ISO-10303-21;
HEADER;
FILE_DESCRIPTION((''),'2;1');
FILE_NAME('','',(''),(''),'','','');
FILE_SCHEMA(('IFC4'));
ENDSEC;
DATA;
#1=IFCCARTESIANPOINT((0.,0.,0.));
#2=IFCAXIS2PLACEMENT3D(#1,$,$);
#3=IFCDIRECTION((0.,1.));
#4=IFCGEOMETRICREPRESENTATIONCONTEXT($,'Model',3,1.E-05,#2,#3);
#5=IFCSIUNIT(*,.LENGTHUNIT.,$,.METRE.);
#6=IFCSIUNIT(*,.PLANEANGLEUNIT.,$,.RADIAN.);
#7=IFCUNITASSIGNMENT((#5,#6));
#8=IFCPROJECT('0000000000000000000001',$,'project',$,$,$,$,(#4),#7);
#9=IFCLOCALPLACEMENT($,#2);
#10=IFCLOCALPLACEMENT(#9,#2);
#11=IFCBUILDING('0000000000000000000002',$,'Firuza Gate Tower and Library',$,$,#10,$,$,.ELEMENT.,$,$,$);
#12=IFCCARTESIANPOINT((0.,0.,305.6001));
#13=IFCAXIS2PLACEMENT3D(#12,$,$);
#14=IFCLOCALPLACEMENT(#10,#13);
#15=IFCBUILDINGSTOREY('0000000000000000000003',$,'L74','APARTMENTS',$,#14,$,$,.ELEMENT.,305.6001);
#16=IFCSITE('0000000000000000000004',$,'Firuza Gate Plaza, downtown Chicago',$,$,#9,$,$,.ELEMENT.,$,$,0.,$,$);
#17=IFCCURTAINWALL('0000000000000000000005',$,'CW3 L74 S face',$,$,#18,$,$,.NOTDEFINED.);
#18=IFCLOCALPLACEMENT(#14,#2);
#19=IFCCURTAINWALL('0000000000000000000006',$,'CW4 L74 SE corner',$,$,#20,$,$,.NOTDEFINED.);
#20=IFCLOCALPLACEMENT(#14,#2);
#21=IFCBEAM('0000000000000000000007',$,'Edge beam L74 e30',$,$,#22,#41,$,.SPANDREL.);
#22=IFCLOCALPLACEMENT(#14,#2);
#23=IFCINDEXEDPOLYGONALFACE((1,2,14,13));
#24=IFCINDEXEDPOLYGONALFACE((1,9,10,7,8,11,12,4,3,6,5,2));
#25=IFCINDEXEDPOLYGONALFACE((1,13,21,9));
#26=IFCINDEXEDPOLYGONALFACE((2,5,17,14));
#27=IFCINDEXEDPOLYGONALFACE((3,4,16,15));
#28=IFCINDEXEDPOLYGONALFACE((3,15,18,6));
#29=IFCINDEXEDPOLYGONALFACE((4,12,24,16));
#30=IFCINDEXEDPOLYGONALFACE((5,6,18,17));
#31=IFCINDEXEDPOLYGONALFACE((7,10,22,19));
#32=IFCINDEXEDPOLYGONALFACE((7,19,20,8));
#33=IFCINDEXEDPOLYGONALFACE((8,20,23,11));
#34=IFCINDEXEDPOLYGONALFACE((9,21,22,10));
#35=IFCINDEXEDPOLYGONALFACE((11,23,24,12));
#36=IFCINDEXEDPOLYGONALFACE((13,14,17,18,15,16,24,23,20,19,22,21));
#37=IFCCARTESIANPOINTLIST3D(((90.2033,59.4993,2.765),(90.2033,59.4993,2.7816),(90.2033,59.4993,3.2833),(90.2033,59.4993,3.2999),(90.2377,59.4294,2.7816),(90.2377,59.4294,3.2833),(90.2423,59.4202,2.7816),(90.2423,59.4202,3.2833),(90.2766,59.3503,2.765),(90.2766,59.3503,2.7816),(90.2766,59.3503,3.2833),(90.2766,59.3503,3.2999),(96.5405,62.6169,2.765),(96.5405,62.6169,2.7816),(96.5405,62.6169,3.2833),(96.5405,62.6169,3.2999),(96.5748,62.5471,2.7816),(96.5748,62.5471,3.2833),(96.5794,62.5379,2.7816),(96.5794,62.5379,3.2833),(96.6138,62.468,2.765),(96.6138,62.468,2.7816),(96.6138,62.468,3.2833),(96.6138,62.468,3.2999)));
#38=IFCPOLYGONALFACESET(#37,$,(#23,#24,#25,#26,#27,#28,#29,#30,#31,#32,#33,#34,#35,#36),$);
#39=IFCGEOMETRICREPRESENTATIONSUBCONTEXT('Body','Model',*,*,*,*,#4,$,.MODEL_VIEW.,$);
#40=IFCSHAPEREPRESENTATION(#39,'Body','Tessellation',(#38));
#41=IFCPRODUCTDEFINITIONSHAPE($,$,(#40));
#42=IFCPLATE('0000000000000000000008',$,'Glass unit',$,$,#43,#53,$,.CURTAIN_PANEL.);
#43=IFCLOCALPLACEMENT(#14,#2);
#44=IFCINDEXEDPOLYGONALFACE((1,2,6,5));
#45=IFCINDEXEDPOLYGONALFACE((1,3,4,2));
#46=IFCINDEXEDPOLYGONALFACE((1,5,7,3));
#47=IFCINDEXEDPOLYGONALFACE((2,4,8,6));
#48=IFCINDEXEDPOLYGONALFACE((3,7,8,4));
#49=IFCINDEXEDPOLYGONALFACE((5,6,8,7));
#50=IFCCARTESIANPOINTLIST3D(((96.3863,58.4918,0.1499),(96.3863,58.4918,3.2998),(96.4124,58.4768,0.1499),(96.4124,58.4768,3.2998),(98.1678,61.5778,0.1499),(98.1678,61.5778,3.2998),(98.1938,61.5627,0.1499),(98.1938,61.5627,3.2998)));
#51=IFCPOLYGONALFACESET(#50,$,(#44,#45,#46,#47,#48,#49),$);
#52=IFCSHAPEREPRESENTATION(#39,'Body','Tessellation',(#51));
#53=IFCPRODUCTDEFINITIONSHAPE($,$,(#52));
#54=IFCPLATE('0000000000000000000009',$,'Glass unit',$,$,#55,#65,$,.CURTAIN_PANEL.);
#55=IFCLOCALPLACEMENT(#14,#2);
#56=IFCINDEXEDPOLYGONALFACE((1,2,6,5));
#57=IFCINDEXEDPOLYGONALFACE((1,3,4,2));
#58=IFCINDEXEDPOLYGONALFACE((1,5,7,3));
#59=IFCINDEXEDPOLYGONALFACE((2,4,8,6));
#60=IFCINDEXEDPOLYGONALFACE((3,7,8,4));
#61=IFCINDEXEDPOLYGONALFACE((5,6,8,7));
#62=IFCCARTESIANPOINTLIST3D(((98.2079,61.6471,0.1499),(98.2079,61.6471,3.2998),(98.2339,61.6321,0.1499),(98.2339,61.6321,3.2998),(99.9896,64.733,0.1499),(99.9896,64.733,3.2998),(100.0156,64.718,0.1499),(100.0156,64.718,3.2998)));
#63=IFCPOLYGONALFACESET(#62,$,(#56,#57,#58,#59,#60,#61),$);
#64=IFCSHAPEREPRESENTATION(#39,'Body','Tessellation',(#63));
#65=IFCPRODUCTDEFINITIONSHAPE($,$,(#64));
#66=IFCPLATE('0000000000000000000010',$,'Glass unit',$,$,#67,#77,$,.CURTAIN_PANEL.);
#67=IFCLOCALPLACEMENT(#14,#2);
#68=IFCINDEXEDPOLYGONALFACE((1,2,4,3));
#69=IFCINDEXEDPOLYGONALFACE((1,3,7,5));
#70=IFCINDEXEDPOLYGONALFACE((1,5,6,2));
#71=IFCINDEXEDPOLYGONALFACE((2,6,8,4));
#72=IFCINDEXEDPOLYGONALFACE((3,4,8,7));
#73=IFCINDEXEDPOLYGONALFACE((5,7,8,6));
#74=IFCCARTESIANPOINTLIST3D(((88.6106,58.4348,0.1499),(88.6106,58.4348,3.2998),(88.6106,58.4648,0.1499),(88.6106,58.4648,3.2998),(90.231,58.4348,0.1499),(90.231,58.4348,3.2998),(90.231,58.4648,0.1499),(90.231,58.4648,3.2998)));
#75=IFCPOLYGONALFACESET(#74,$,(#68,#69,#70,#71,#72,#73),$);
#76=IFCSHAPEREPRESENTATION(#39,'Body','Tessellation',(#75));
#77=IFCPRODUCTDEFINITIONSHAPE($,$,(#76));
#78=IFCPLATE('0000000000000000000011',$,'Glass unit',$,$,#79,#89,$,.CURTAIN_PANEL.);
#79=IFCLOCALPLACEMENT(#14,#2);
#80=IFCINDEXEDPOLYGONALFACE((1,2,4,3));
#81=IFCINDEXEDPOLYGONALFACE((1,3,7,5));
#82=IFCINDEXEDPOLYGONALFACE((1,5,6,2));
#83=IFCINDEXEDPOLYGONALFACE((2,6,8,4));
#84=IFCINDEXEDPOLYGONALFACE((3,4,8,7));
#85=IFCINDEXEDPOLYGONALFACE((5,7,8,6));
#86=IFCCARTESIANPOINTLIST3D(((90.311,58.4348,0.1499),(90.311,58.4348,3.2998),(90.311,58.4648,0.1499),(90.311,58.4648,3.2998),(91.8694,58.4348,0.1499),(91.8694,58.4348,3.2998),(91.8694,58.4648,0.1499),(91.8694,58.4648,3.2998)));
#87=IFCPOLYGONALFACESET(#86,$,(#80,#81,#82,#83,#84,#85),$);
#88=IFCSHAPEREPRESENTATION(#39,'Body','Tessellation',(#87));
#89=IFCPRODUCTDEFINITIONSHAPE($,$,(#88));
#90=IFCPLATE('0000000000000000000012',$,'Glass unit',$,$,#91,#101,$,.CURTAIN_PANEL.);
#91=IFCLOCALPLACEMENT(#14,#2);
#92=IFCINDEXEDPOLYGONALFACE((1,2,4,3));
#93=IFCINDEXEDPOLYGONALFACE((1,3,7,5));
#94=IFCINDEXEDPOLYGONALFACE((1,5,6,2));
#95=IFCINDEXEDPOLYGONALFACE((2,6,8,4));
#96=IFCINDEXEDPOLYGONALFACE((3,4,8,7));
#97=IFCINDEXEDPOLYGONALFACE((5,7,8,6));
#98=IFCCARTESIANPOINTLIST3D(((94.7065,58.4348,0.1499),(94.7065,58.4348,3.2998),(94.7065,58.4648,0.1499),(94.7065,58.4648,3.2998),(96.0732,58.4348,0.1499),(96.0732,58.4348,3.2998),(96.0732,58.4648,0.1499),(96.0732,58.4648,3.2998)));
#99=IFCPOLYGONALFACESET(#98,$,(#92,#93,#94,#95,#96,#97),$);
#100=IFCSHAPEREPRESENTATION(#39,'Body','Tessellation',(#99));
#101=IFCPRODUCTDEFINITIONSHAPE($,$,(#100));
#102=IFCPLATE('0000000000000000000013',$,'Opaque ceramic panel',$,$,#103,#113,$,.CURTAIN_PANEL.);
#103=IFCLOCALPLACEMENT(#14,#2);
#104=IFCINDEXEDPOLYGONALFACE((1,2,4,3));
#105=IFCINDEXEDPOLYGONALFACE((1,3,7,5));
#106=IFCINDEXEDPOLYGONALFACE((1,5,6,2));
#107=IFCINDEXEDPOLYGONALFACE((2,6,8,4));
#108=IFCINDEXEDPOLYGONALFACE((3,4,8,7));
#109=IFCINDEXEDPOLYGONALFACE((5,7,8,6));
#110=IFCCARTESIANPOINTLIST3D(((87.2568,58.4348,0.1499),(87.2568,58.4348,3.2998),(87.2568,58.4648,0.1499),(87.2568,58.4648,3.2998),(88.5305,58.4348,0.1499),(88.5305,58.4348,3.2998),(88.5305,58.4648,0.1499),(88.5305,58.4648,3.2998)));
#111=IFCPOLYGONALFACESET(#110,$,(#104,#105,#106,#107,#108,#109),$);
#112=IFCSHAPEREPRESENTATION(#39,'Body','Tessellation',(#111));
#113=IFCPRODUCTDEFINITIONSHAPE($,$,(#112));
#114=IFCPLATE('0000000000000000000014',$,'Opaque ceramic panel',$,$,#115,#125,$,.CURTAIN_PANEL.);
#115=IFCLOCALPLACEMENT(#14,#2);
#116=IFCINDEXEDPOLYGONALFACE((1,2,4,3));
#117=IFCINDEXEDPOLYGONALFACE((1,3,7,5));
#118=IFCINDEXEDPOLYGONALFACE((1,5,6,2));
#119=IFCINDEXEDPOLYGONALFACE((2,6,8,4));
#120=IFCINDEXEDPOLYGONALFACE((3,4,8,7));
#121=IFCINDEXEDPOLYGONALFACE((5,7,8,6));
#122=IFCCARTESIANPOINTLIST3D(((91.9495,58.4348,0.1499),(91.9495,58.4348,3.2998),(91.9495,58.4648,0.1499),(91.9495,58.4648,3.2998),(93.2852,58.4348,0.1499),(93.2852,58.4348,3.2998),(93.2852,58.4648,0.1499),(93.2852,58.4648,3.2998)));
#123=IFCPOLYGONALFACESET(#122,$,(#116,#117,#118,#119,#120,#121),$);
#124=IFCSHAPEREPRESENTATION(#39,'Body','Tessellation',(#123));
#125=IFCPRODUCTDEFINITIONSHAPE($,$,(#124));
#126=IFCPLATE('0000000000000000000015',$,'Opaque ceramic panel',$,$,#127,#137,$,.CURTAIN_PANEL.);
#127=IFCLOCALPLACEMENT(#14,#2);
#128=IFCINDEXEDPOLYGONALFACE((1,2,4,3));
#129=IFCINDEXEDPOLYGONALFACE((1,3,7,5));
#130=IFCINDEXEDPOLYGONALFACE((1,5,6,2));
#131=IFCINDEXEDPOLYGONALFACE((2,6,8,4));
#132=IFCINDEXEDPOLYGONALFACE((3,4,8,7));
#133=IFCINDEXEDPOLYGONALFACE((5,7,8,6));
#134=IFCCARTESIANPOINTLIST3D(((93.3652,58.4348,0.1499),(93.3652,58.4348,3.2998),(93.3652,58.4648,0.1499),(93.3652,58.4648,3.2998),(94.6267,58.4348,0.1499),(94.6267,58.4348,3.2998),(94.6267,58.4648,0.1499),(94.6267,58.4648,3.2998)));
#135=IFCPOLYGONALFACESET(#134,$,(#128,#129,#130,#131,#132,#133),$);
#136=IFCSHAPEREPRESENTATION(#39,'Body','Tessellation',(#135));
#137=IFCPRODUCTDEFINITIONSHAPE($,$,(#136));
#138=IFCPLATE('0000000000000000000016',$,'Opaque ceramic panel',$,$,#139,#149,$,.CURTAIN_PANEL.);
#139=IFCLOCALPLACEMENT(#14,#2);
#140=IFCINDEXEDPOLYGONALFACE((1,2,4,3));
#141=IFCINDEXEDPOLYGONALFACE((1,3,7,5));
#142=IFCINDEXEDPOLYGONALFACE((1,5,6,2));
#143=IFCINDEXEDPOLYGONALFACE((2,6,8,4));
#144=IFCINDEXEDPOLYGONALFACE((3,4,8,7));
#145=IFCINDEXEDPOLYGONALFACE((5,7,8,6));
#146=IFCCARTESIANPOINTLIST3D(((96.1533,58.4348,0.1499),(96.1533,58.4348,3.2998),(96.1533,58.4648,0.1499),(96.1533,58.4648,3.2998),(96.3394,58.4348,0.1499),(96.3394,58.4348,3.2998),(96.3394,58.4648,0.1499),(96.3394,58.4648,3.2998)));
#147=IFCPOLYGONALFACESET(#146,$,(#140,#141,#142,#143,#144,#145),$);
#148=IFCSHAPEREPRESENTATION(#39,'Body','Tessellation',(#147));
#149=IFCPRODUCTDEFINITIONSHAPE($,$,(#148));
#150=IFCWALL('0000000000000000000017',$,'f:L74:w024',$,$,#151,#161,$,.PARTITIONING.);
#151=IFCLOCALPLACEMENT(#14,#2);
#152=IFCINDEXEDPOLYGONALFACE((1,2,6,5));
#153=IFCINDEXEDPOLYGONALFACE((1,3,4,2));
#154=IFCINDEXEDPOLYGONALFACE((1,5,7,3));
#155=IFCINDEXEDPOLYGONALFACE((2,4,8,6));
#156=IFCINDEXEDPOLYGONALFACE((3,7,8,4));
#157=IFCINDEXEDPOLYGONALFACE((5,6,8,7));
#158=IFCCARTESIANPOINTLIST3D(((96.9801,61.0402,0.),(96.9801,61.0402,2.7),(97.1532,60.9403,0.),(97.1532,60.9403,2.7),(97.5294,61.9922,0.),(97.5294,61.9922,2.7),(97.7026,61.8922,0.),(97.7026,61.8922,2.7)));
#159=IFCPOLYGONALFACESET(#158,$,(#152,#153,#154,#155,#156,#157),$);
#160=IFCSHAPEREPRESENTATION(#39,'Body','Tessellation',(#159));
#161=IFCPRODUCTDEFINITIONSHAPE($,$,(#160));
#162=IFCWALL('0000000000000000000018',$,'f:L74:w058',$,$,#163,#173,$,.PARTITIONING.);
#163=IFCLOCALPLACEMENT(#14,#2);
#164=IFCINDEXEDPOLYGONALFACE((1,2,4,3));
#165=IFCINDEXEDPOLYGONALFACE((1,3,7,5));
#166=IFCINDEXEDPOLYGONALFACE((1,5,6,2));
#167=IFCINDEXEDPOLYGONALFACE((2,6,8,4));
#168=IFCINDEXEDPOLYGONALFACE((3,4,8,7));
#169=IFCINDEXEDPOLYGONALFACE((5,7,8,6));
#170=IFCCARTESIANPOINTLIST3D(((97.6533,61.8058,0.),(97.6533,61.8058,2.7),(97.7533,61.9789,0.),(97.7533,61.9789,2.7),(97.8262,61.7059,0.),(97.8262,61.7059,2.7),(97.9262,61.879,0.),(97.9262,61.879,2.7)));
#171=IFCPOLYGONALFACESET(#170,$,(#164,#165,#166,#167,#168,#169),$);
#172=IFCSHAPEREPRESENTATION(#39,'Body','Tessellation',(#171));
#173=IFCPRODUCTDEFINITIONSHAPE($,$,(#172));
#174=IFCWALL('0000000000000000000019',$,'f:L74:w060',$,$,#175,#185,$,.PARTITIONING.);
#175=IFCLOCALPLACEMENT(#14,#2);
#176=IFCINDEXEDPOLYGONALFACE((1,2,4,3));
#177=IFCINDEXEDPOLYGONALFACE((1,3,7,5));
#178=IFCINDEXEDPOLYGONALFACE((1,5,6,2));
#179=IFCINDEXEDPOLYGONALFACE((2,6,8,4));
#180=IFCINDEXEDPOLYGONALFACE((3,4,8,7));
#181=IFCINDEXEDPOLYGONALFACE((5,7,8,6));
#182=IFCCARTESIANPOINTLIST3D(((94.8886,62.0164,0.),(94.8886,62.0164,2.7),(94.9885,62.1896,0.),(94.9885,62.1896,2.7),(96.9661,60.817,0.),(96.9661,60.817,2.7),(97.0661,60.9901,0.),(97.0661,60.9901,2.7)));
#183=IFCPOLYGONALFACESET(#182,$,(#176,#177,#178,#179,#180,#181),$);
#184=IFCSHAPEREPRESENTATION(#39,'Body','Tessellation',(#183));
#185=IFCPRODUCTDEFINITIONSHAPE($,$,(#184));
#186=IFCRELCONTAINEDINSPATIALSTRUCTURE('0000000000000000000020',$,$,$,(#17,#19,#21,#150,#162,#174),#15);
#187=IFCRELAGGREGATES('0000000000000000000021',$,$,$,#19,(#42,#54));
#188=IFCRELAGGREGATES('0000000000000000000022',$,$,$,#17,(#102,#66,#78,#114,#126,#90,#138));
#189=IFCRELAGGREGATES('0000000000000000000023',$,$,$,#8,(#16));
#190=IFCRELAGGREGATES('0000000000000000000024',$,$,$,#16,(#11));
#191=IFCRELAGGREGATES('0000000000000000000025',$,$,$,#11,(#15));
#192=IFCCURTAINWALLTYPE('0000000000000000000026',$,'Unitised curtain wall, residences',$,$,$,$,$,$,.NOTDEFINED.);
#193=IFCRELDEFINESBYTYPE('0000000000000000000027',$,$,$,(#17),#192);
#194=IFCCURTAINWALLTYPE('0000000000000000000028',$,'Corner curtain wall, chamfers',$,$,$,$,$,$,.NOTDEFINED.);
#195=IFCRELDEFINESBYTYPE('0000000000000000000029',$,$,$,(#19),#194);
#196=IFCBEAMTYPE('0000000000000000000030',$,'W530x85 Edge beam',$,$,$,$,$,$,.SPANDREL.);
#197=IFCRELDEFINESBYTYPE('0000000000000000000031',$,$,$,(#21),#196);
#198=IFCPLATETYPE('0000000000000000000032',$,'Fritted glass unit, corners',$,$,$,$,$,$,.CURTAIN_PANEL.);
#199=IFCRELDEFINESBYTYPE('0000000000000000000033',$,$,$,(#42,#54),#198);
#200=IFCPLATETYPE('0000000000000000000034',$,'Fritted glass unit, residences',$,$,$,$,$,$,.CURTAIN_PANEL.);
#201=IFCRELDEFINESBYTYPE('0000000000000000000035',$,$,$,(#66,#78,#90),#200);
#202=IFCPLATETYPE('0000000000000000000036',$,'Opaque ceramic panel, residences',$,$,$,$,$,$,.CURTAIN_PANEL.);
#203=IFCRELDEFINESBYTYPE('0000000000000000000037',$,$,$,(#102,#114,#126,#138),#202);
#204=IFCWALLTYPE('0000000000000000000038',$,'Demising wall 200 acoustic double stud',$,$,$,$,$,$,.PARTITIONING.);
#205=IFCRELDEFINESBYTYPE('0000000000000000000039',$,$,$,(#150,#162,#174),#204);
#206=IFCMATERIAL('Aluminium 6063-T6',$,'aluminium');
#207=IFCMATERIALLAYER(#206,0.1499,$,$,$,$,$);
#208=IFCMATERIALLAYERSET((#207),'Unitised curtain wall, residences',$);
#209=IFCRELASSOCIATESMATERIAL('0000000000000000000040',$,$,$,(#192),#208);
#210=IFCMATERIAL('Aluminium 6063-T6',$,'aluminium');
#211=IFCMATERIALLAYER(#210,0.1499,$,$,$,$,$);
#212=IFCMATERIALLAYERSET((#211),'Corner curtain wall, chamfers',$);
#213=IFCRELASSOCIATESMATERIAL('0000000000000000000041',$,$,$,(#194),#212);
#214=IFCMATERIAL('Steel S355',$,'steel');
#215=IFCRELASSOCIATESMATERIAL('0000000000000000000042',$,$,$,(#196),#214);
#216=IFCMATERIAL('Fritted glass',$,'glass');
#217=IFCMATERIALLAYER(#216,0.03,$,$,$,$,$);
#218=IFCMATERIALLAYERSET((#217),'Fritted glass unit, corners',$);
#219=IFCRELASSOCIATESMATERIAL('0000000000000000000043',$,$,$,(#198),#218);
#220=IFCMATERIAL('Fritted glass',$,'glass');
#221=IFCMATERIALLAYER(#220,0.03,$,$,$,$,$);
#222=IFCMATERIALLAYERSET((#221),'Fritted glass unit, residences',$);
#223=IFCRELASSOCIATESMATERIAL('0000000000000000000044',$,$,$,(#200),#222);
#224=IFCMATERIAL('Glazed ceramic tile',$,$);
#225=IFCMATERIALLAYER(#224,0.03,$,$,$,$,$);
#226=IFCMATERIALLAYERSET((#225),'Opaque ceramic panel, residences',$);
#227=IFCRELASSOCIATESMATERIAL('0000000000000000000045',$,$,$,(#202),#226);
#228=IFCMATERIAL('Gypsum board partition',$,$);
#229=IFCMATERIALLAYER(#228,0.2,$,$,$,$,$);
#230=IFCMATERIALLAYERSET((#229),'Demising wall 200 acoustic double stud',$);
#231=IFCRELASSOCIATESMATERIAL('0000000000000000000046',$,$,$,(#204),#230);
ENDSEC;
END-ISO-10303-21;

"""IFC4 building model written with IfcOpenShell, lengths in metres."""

from ifc_helpers import new_model, si_unit, direction, frame, frame_2d, origin, origin_2d, place, context, subcontext, project, spatial, polyline, rectangle, i_section, outline, extrude, material, layer, layer_set, material_profile, profile_set, type_object, element, aggregate, save


model = new_model("IFC4")

# Units and contexts
model_context = context("Model", 3, precision=1e-05, world=origin(), true_north=direction((0.0, 1.0)))
body_context = subcontext(model_context, "Body", "Model", "MODEL_VIEW")
ifc_project = project(units=[si_unit("LENGTHUNIT", "METRE"), si_unit("PLANEANGLEUNIT", "RADIAN")], contexts=[model_context])

# Site, building, storey
site_placement = place(None, origin())
site = spatial("IfcSite", under=ifc_project, at=site_placement, Name="Firuza Gate Plaza, downtown Chicago", CompositionType="ELEMENT", RefElevation=0.0)
building_placement = place(site_placement, origin())
building = spatial("IfcBuilding", under=site, at=building_placement, Name="Firuza Gate Tower and Library", CompositionType="ELEMENT")
storey_placement = place(building_placement, frame((0.0, 0.0, 305.6001)))
storey = spatial("IfcBuildingStorey", under=building, at=storey_placement, Name="L74", Description="APARTMENTS", CompositionType="ELEMENT", Elevation=305.6001)

# Curtain walls
ifc_material_1 = material(Name="Aluminium 6063-T6", Category="aluminium")
ifc_layer_1 = layer(ifc_material_1, 0.1499)
ifc_layer_set_1 = layer_set([ifc_layer_1], Name="Unitised curtain wall, residences")
curtain_wall_type_1 = type_object("IfcCurtainWallType", Name="Unitised curtain wall, residences", PredefinedType="NOTDEFINED", material=ifc_layer_set_1)
placement = place(storey_placement, origin())
curtain_wall_1 = element("IfcCurtainWall", 1, at=placement, inside=storey, type_object=curtain_wall_type_1, Name="CW3 L74 S face", PredefinedType="NOTDEFINED")
ifc_material_2 = material(Name="Aluminium 6063-T6", Category="aluminium")
ifc_layer_2 = layer(ifc_material_2, 0.1499)
ifc_layer_set_2 = layer_set([ifc_layer_2], Name="Corner curtain wall, chamfers")
curtain_wall_type_2 = type_object("IfcCurtainWallType", Name="Corner curtain wall, chamfers", PredefinedType="NOTDEFINED", material=ifc_layer_set_2)
curtain_wall_2 = element("IfcCurtainWall", 2, at=placement, inside=storey, type_object=curtain_wall_type_2, Name="CW4 L74 SE corner", PredefinedType="NOTDEFINED")

# Beam
ifc_material_3 = material(Name="Steel S355", Category="steel")
ifc_material_profile_1 = material_profile(ifc_material_3, i_section(OverallWidth=0.166, OverallDepth=0.5349, WebThickness=0.0103, FlangeThickness=0.0166, at=origin_2d()))
ifc_profile_set_1 = profile_set([ifc_material_profile_1], Name="Steel S355")
beam_type_1 = type_object("IfcBeamType", Name="W530x85 Edge beam", PredefinedType="SPANDREL", material=ifc_profile_set_1)
beam_1_placement = place(storey_placement, frame((90.24, 59.4248, 3.0325), z_axis=(0.897292, 0.441438, 0.0), x_axis=(-0.441438, 0.897292, 0.0)))
element("IfcBeam", 3, at=beam_1_placement, inside=storey, type_object=beam_type_1, Name="Edge beam L74 e30", PredefinedType="SPANDREL", context=body_context, shape_type="SweptSolid", body=[
    extrude(i_section(OverallWidth=0.166, OverallDepth=0.5349, WebThickness=0.0103, FlangeThickness=0.0166, at=origin_2d()), origin(), (0.0, 0.0, 1.0), 7.0625),
])

# Plates
ifc_material_4 = material(Name="Fritted glass", Category="glass")
ifc_layer_3 = layer(ifc_material_4, 0.03)
ifc_layer_set_3 = layer_set([ifc_layer_3], Name="Fritted glass unit, corners")
plate_type_1 = type_object("IfcPlateType", Name="Fritted glass unit, corners", PredefinedType="CURTAIN_PANEL", material=ifc_layer_set_3)
plate_1_placement = place(storey_placement, frame((96.4124, 58.4768, 0.1499), z_axis=(0.866046, -0.499964, 0.0), x_axis=(0.499964, 0.866046, 0.0)))
plate_1 = element("IfcPlate", 4, at=plate_1_placement, type_object=plate_type_1, Name="Glass unit", PredefinedType="CURTAIN_PANEL", context=body_context, shape_type="SweptSolid", body=[
    extrude(outline(polyline([(0.0, 0.0), (3.5632, 0.0), (3.5632, 3.1499), (0.0, 3.1499), (0.0, 0.0)])), origin(), (0.0, 0.0, -1.0), 0.03),
])
plate_2_placement = place(storey_placement, frame((98.2339, 61.6321, 0.1499), z_axis=(0.866017, -0.500015, 0.0), x_axis=(0.500015, 0.866017, 0.0)))
plate_2 = element("IfcPlate", 5, at=plate_2_placement, type_object=plate_type_1, Name="Glass unit", PredefinedType="CURTAIN_PANEL", context=body_context, shape_type="SweptSolid", body=[
    extrude(outline(polyline([(0.0, 0.0), (3.5634, 0.0), (3.5634, 3.1499), (0.0, 3.1499), (0.0, 0.0)])), origin(), (0.0, 0.0, -1.0), 0.03),
])
aggregate(curtain_wall_2, [plate_1, plate_2])
ifc_material_5 = material(Name="Fritted glass", Category="glass")
ifc_layer_4 = layer(ifc_material_5, 0.03)
ifc_layer_set_4 = layer_set([ifc_layer_4], Name="Fritted glass unit, residences")
plate_type_2 = type_object("IfcPlateType", Name="Fritted glass unit, residences", PredefinedType="CURTAIN_PANEL", material=ifc_layer_set_4)
plate_3_placement = place(storey_placement, frame((88.6106, 58.4348, 0.1499), z_axis=(0.0, -1.0, 0.0), x_axis=(1.0, 0.0, 0.0)))
plate_3 = element("IfcPlate", 6, at=plate_3_placement, type_object=plate_type_2, Name="Glass unit", PredefinedType="CURTAIN_PANEL", context=body_context, shape_type="SweptSolid", body=[
    extrude(outline(polyline([(0.0, 0.0), (1.6204, 0.0), (1.6204, 3.1499), (0.0, 3.1499), (0.0, 0.0)])), origin(), (0.0, 0.0, -1.0), 0.03),
])
plate_4_placement = place(storey_placement, frame((90.311, 58.4348, 0.1499), z_axis=(0.0, -1.0, 0.0), x_axis=(1.0, 0.0, 0.0)))
plate_4 = element("IfcPlate", 7, at=plate_4_placement, type_object=plate_type_2, Name="Glass unit", PredefinedType="CURTAIN_PANEL", context=body_context, shape_type="SweptSolid", body=[
    extrude(outline(polyline([(0.0, 0.0), (1.5583, 0.0), (1.5583, 3.1499), (0.0, 3.1499), (0.0, 0.0)])), origin(), (0.0, 0.0, -1.0), 0.03),
])
plate_5_placement = place(storey_placement, frame((94.7065, 58.4348, 0.1499), z_axis=(0.0, -1.0, 0.0), x_axis=(1.0, 0.0, 0.0)))
plate_5 = element("IfcPlate", 8, at=plate_5_placement, type_object=plate_type_2, Name="Glass unit", PredefinedType="CURTAIN_PANEL", context=body_context, shape_type="SweptSolid", body=[
    extrude(outline(polyline([(0.0, 0.0), (1.3667, 0.0), (1.3667, 3.1499), (0.0, 3.1499), (0.0, 0.0)])), origin(), (0.0, 0.0, -1.0), 0.03),
])
ifc_material_6 = material(Name="Glazed ceramic tile")
ifc_layer_5 = layer(ifc_material_6, 0.03)
ifc_layer_set_5 = layer_set([ifc_layer_5], Name="Opaque ceramic panel, residences")
plate_type_3 = type_object("IfcPlateType", Name="Opaque ceramic panel, residences", PredefinedType="CURTAIN_PANEL", material=ifc_layer_set_5)
plate_6_placement = place(storey_placement, frame((87.2568, 58.4348, 0.1499), z_axis=(0.0, -1.0, 0.0), x_axis=(1.0, 0.0, 0.0)))
plate_6 = element("IfcPlate", 9, at=plate_6_placement, type_object=plate_type_3, Name="Opaque ceramic panel", PredefinedType="CURTAIN_PANEL", context=body_context, shape_type="SweptSolid", body=[
    extrude(outline(polyline([(0.0, 0.0), (1.2737, 0.0), (1.2737, 3.1499), (0.0, 3.1499), (0.0, 0.0)])), origin(), (0.0, 0.0, -1.0), 0.03),
])
plate_7_placement = place(storey_placement, frame((91.9495, 58.4348, 0.1499), z_axis=(0.0, -1.0, 0.0), x_axis=(1.0, 0.0, 0.0)))
plate_7 = element("IfcPlate", 10, at=plate_7_placement, type_object=plate_type_3, Name="Opaque ceramic panel", PredefinedType="CURTAIN_PANEL", context=body_context, shape_type="SweptSolid", body=[
    extrude(outline(polyline([(0.0, 0.0), (1.3357, 0.0), (1.3357, 3.1499), (0.0, 3.1499), (0.0, 0.0)])), origin(), (0.0, 0.0, -1.0), 0.03),
])
plate_8_placement = place(storey_placement, frame((93.3652, 58.4348, 0.1499), z_axis=(0.0, -1.0, 0.0), x_axis=(1.0, 0.0, 0.0)))
plate_8 = element("IfcPlate", 11, at=plate_8_placement, type_object=plate_type_3, Name="Opaque ceramic panel", PredefinedType="CURTAIN_PANEL", context=body_context, shape_type="SweptSolid", body=[
    extrude(outline(polyline([(0.0, 0.0), (1.2615, 0.0), (1.2615, 3.1499), (0.0, 3.1499), (0.0, 0.0)])), origin(), (0.0, 0.0, -1.0), 0.03),
])
plate_9_placement = place(storey_placement, frame((96.1533, 58.4348, 0.1499), z_axis=(0.0, -1.0, 0.0), x_axis=(1.0, 0.0, 0.0)))
plate_9 = element("IfcPlate", 12, at=plate_9_placement, type_object=plate_type_3, Name="Opaque ceramic panel", PredefinedType="CURTAIN_PANEL", context=body_context, shape_type="SweptSolid", body=[
    extrude(outline(polyline([(0.0, 0.0), (0.186, 0.0), (0.186, 3.1499), (0.0, 3.1499), (0.0, 0.0)])), origin(), (0.0, 0.0, -1.0), 0.03),
])
aggregate(curtain_wall_1, [plate_6, plate_3, plate_4, plate_7, plate_8, plate_5, plate_9])

# Walls
ifc_material_7 = material(Name="Gypsum board partition")
ifc_layer_6 = layer(ifc_material_7, 0.2)
ifc_layer_set_6 = layer_set([ifc_layer_6], Name="Demising wall 200 acoustic double stud")
wall_type_1 = type_object("IfcWallType", Name="Demising wall 200 acoustic double stud", PredefinedType="PARTITIONING", material=ifc_layer_set_6)
wall_1_placement = place(storey_placement, frame((97.0667, 60.9902, 0.0), z_axis=(0.0, 0.0, 1.0), x_axis=(0.499819, 0.86613, 0.0)))
element("IfcWall", 13, at=wall_1_placement, inside=storey, type_object=wall_type_1, Name="f:L74:w024", PredefinedType="PARTITIONING", context=body_context, shape_type="SweptSolid", body=[
    extrude(rectangle(XDim=1.0991, YDim=0.2, at=frame_2d((0.5496, 0.0))), origin(), (0.0, 0.0, 1.0), 2.7),
])
wall_2_placement = place(storey_placement, frame((97.8762, 61.7925, 0.0), z_axis=(0.0, 0.0, 1.0), x_axis=(-0.8659, 0.500216, 0.0)))
element("IfcWall", 14, at=wall_2_placement, inside=storey, type_object=wall_type_1, Name="f:L74:w058", PredefinedType="PARTITIONING", context=body_context, shape_type="SweptSolid", body=[
    extrude(rectangle(XDim=0.1997, YDim=0.2, at=frame_2d((0.0999, 0.0))), origin(), (0.0, 0.0, 1.0), 2.7),
])
wall_3_placement = place(storey_placement, frame((97.0161, 60.9036, 0.0), z_axis=(0.0, 0.0, 1.0), x_axis=(-0.866036, 0.499981, 0.0)))
element("IfcWall", 15, at=wall_3_placement, inside=storey, type_object=wall_type_1, Name="f:L74:w060", PredefinedType="PARTITIONING", context=body_context, shape_type="SweptSolid", body=[
    extrude(rectangle(XDim=2.3989, YDim=0.2, at=frame_2d((1.1995, 0.0))), origin(), (0.0, 0.0, 1.0), 2.7),
])

save(model, "model.ifc")
